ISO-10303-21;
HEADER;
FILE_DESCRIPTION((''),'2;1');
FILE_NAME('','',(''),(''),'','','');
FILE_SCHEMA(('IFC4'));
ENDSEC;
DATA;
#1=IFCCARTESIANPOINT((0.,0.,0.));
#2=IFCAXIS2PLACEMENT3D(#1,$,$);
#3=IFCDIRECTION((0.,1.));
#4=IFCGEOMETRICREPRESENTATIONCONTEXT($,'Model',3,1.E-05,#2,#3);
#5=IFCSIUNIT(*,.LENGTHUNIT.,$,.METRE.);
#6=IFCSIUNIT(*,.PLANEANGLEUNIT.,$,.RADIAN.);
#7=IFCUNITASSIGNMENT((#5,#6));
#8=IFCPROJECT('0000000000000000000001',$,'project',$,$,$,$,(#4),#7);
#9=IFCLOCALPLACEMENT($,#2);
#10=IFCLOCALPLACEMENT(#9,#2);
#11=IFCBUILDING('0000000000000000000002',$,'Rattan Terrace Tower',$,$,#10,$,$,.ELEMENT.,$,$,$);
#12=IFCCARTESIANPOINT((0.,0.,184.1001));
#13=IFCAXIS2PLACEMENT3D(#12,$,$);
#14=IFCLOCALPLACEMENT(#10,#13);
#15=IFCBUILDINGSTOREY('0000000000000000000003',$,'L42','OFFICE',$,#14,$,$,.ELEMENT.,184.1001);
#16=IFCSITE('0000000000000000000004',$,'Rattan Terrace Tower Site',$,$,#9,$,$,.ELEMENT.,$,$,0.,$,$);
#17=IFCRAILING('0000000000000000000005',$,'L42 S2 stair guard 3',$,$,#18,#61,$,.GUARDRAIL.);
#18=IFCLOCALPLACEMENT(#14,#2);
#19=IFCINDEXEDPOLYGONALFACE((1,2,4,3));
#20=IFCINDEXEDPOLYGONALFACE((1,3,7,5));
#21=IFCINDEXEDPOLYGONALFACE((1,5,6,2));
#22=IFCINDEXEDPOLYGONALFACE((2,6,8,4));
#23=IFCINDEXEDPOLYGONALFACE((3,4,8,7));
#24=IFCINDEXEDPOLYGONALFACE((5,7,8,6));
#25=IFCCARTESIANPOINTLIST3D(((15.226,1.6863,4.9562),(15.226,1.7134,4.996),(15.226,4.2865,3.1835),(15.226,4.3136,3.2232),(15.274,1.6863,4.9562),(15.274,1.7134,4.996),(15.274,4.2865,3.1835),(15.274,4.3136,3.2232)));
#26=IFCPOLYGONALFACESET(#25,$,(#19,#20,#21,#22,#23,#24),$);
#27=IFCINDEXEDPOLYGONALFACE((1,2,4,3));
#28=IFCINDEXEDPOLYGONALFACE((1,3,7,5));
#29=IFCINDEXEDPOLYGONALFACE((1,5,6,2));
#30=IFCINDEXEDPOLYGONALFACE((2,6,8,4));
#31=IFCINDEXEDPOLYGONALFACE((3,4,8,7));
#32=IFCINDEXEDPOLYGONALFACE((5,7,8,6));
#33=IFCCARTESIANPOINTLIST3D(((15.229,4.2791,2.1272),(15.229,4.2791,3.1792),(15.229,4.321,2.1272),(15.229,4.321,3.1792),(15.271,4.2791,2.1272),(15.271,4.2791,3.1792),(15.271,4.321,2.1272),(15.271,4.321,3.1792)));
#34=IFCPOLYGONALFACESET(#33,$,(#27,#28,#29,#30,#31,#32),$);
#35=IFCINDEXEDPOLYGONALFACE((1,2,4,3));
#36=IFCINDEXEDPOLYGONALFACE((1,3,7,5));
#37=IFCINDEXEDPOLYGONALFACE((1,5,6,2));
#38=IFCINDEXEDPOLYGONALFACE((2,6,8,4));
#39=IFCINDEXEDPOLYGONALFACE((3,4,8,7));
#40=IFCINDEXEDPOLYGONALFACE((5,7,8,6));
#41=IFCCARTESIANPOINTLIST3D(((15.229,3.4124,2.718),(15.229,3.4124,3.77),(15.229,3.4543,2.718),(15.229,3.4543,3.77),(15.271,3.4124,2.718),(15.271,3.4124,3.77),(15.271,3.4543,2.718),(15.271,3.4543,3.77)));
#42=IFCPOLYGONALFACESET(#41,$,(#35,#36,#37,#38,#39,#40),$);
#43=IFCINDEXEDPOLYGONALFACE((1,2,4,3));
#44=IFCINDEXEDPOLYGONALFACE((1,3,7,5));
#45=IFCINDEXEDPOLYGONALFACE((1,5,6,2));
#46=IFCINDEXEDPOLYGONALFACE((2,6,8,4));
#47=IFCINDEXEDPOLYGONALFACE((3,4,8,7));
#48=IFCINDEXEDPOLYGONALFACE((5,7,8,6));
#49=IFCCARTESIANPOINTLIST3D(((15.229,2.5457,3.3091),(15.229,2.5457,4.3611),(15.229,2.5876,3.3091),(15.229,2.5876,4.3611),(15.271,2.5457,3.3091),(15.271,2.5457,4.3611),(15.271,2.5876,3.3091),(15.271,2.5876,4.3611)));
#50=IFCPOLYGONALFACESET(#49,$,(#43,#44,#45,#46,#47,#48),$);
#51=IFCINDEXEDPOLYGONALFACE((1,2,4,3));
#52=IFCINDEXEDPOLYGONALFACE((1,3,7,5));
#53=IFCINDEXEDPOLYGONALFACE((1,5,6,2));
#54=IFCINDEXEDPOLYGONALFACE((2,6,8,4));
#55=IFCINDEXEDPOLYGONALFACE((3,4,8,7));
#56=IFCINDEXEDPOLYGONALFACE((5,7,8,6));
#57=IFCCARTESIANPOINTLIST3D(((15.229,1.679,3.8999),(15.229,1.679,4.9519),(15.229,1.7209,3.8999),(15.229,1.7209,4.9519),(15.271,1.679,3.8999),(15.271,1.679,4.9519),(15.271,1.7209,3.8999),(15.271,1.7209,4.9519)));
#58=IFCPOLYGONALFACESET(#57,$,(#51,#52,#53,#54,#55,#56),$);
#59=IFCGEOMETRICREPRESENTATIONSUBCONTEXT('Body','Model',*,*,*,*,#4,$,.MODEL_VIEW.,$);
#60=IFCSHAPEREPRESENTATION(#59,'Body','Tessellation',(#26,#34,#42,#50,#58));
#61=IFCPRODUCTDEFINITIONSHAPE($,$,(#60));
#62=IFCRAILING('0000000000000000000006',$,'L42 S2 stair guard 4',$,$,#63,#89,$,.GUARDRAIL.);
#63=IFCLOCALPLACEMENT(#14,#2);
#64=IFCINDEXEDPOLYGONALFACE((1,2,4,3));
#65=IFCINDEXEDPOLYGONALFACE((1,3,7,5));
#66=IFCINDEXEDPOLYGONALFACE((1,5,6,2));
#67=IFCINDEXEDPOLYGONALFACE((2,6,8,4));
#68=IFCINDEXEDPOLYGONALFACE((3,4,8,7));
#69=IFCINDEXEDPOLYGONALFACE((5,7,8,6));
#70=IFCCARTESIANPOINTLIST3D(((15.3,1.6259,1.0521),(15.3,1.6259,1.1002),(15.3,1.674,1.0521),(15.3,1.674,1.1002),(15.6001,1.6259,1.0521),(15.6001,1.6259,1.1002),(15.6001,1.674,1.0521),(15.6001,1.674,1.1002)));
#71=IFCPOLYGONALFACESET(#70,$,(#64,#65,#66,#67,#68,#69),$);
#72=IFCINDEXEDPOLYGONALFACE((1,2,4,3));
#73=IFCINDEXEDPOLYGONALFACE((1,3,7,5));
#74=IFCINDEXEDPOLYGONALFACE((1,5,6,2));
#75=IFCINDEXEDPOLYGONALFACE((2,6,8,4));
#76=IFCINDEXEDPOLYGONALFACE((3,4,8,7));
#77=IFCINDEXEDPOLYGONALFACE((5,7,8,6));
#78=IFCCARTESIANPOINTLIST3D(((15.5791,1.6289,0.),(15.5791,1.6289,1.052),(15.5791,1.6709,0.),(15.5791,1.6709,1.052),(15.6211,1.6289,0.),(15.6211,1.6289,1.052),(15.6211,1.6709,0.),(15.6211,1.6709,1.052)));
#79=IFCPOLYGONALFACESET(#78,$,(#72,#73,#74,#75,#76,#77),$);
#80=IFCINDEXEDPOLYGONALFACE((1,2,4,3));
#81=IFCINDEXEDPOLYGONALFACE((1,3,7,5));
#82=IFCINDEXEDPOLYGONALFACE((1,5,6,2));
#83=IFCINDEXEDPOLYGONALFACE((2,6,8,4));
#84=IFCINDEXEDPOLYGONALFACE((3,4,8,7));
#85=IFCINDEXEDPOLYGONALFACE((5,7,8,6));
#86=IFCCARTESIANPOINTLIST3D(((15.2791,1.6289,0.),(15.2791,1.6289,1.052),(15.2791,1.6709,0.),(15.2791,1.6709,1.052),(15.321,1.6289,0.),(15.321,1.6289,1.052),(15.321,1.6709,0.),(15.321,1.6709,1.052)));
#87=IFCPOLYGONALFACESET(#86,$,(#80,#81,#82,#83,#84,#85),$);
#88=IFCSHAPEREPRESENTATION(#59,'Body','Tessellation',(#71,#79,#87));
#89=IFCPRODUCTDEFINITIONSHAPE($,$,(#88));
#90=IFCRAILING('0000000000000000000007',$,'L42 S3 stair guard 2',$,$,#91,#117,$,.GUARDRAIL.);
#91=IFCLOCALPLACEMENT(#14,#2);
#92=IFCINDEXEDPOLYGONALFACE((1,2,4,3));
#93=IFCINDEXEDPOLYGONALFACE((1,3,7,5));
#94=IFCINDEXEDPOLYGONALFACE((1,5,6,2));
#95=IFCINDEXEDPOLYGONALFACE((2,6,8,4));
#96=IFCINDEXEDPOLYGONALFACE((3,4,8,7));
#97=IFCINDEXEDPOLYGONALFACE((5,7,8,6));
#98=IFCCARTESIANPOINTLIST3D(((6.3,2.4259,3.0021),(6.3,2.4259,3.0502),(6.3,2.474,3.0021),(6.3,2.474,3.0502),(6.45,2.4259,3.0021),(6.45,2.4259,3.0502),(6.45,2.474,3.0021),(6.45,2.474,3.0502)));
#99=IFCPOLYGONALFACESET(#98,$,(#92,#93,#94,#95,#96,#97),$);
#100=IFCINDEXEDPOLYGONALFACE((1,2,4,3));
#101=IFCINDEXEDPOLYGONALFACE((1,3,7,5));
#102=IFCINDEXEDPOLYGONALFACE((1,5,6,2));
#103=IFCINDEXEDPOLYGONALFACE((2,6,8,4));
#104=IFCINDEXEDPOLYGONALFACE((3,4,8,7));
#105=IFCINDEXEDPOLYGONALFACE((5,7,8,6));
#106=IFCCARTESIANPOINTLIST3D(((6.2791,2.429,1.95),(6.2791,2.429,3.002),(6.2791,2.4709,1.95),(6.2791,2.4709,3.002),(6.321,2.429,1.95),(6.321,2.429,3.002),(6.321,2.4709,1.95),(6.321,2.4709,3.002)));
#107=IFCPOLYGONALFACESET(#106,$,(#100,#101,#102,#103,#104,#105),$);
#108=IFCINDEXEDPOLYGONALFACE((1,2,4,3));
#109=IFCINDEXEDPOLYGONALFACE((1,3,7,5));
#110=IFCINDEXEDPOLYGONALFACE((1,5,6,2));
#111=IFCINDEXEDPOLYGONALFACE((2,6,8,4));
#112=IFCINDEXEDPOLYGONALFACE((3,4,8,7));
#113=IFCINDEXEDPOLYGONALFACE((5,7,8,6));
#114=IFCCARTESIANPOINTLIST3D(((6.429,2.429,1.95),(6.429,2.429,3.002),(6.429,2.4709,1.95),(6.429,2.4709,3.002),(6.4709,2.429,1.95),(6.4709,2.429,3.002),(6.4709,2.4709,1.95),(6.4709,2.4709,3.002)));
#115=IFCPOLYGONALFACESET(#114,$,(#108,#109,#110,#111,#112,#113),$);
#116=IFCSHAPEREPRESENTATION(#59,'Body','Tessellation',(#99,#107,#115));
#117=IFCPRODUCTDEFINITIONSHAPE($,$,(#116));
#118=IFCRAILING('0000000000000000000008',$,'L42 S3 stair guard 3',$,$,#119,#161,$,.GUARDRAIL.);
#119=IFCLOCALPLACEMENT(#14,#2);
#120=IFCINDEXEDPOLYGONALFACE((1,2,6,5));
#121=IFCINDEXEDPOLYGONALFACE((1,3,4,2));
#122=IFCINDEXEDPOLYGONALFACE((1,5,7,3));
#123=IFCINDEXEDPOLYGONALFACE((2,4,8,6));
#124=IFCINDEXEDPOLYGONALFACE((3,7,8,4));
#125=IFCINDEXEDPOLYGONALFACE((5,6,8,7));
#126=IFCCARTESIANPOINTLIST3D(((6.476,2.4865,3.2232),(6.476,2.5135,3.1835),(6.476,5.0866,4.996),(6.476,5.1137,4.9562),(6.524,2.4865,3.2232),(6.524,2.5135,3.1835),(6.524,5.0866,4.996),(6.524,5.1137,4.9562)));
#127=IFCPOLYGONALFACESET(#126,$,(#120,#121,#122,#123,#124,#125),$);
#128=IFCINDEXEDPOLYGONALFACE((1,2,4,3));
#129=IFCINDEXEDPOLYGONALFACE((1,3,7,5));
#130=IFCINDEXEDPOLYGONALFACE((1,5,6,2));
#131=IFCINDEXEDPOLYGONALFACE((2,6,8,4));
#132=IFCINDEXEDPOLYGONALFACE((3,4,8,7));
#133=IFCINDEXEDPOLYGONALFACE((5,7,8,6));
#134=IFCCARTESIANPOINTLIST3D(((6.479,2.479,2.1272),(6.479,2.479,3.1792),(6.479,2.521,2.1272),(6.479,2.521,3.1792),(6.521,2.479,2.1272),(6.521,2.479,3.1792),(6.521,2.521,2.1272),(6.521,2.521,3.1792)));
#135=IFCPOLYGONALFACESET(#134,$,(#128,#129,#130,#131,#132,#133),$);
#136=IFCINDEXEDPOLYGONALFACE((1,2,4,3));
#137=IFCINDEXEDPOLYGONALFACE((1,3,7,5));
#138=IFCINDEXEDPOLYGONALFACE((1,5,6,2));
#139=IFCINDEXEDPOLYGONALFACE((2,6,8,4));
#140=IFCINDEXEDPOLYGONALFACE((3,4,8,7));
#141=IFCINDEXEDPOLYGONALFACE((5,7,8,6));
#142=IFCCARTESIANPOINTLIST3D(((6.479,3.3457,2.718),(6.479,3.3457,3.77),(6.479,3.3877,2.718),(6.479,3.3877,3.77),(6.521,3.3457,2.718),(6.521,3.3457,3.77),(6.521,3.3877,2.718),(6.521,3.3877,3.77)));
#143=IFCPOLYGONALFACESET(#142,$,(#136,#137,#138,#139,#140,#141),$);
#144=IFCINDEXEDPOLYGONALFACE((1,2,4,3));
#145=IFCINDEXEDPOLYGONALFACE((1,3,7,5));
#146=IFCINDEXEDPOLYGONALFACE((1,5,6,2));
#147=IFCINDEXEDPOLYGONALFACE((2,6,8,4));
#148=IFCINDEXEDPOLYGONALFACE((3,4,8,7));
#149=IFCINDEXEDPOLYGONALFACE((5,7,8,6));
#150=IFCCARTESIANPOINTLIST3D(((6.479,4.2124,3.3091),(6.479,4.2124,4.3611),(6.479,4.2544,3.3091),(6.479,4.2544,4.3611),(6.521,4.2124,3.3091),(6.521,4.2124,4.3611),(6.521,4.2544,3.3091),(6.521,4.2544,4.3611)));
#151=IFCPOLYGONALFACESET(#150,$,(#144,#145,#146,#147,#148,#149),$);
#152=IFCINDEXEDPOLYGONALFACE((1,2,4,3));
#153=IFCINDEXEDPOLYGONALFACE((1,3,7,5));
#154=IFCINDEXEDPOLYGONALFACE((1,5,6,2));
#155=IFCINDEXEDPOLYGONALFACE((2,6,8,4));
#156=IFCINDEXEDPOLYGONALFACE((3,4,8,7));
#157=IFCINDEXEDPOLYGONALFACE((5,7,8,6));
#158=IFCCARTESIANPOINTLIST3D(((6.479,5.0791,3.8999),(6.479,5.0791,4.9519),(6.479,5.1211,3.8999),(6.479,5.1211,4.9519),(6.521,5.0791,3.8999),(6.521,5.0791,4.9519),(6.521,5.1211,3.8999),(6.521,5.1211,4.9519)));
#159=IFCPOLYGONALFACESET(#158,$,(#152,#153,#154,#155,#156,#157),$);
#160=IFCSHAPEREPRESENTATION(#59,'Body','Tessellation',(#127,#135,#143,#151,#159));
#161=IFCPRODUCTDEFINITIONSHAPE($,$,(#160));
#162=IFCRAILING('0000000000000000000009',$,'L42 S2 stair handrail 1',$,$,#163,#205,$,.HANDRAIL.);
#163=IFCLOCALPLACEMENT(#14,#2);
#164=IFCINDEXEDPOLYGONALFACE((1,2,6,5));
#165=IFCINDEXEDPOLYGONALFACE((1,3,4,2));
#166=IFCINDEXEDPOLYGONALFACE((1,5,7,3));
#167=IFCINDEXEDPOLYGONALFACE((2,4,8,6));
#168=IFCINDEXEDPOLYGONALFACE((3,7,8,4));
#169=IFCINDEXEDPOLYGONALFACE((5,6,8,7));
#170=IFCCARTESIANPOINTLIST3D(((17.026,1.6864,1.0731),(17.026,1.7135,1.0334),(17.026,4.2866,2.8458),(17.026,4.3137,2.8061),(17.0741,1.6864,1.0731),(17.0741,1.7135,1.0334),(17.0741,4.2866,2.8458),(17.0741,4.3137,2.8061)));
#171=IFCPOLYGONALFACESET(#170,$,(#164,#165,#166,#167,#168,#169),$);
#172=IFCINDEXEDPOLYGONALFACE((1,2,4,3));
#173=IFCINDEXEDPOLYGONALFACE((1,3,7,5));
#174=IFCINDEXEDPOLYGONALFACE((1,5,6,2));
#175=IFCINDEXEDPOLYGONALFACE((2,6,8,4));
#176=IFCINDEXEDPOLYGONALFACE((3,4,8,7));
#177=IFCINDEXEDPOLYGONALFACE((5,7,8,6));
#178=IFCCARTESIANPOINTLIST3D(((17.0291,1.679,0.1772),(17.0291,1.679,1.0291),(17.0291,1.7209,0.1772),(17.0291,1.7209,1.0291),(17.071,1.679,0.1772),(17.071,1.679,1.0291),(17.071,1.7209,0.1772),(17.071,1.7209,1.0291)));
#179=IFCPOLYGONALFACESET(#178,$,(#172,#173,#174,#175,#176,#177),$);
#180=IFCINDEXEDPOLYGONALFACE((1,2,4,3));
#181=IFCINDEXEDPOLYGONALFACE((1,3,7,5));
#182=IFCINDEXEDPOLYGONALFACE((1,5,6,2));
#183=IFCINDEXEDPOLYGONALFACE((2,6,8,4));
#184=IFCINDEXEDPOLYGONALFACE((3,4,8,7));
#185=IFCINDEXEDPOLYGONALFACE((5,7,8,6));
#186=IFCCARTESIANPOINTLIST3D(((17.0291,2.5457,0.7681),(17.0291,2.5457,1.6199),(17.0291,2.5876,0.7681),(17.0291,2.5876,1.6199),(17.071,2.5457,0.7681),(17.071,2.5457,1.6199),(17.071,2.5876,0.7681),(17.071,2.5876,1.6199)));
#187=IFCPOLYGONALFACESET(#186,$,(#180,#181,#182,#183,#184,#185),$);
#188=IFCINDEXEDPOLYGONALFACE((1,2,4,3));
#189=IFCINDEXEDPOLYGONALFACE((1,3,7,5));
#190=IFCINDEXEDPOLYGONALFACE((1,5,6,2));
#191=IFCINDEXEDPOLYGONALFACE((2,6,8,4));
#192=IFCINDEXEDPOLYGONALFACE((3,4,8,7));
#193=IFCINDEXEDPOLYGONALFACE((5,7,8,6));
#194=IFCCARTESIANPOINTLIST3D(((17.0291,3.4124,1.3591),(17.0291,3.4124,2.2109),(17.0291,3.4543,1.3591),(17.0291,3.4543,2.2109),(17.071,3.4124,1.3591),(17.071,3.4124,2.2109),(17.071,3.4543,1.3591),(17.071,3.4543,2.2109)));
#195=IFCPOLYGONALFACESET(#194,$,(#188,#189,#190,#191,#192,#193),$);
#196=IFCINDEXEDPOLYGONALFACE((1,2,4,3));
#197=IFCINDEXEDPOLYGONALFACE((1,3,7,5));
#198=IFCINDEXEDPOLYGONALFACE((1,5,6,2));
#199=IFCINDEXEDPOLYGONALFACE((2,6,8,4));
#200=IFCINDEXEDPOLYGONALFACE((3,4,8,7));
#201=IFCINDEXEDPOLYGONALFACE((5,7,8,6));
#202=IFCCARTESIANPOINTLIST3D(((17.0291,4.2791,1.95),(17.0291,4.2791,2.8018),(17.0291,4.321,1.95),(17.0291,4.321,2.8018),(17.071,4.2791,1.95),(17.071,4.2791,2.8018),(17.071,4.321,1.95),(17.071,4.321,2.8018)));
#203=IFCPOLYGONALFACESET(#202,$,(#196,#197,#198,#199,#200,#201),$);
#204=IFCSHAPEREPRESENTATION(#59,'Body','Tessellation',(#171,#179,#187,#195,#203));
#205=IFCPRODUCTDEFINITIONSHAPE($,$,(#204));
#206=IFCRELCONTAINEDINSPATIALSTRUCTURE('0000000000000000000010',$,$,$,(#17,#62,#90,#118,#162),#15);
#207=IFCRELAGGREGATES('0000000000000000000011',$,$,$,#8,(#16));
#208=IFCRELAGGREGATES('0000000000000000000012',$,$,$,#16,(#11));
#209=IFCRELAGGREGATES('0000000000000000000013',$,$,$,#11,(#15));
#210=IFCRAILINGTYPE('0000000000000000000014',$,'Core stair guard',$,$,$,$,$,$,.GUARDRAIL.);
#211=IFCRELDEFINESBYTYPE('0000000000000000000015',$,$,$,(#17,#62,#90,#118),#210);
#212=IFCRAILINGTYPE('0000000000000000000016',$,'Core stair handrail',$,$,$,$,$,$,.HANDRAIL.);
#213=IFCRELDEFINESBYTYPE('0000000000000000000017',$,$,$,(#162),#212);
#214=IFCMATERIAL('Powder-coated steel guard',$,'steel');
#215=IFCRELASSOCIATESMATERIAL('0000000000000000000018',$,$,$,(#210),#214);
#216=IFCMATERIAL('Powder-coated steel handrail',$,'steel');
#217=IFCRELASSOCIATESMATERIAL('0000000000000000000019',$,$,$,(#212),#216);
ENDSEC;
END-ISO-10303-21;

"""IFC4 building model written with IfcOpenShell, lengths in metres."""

from ifc_helpers import new_model, si_unit, direction, frame, origin, origin_2d, place, context, subcontext, project, spatial, rectangle, extrude, material, type_object, element, save


model = new_model("IFC4")

# Units and contexts
model_context = context("Model", 3, precision=1e-05, world=origin(), true_north=direction((0.0, 1.0)))
body_context = subcontext(model_context, "Body", "Model", "MODEL_VIEW")
ifc_project = project(units=[si_unit("LENGTHUNIT", "METRE"), si_unit("PLANEANGLEUNIT", "RADIAN")], contexts=[model_context])

# Site, building, storey
site_placement = place(None, origin())
site = spatial("IfcSite", under=ifc_project, at=site_placement, Name="Rattan Terrace Tower Site", CompositionType="ELEMENT", RefElevation=0.0)
building_placement = place(site_placement, origin())
building = spatial("IfcBuilding", under=site, at=building_placement, Name="Rattan Terrace Tower", CompositionType="ELEMENT")
storey_placement = place(building_placement, frame((0.0, 0.0, 184.1001)))
storey = spatial("IfcBuildingStorey", under=building, at=storey_placement, Name="L42", Description="OFFICE", CompositionType="ELEMENT", Elevation=184.1001)

# Railings
ifc_material_1 = material(Name="Powder-coated steel guard", Category="steel")
railing_type_1 = type_object("IfcRailingType", Name="Core stair guard", PredefinedType="GUARDRAIL", material=ifc_material_1)
railing_1_placement = place(storey_placement, frame((15.25, 4.3, 2.1272)))
element("IfcRailing", 1, at=railing_1_placement, inside=storey, type_object=railing_type_1, Name="L42 S2 stair guard 3", PredefinedType="GUARDRAIL", context=body_context, shape_type="SweptSolid", body=[
    extrude(rectangle(XDim=0.0481, YDim=0.0481, at=origin_2d()), frame((0.0, 0.0, 1.0762), z_axis=(0.0, -0.82624, 0.563318), x_axis=(1.0, 0.0, 0.0)), (0.0, 0.0, 1.0), 3.147),
    extrude(rectangle(XDim=0.042, YDim=0.042, at=origin_2d()), origin(), (0.0, 0.0, 1.0), 1.052),
    extrude(rectangle(XDim=0.042, YDim=0.042, at=origin_2d()), frame((0.0, -0.8667, 0.5908)), (0.0, 0.0, 1.0), 1.052),
    extrude(rectangle(XDim=0.042, YDim=0.042, at=origin_2d()), frame((0.0, -1.7334, 1.1819)), (0.0, 0.0, 1.0), 1.052),
    extrude(rectangle(XDim=0.042, YDim=0.042, at=origin_2d()), frame((0.0, -2.6001, 1.7727)), (0.0, 0.0, 1.0), 1.052),
])
railing_2_placement = place(storey_placement, frame((15.6001, 1.6499, 0.0)))
element("IfcRailing", 2, at=railing_2_placement, inside=storey, type_object=railing_type_1, Name="L42 S2 stair guard 4", PredefinedType="GUARDRAIL", context=body_context, shape_type="SweptSolid", body=[
    extrude(rectangle(XDim=0.0481, YDim=0.0481, at=origin_2d()), frame((0.0, 0.0, 1.0762), z_axis=(-1.0, 0.0, 0.0), x_axis=(0.0, -1.0, 0.0)), (0.0, 0.0, 1.0), 0.3),
    extrude(rectangle(XDim=0.042, YDim=0.042, at=origin_2d()), origin(), (0.0, 0.0, 1.0), 1.052),
    extrude(rectangle(XDim=0.042, YDim=0.042, at=origin_2d()), frame((-0.3, 0.0, 0.0)), (0.0, 0.0, 1.0), 1.052),
])
railing_3_placement = place(storey_placement, frame((6.3, 2.45, 1.95)))
element("IfcRailing", 3, at=railing_3_placement, inside=storey, type_object=railing_type_1, Name="L42 S3 stair guard 2", PredefinedType="GUARDRAIL", context=body_context, shape_type="SweptSolid", body=[
    extrude(rectangle(XDim=0.0481, YDim=0.0481, at=origin_2d()), frame((0.0, 0.0, 1.0762), z_axis=(1.0, 0.0, 0.0), x_axis=(0.0, 1.0, 0.0)), (0.0, 0.0, 1.0), 0.1499),
    extrude(rectangle(XDim=0.042, YDim=0.042, at=origin_2d()), origin(), (0.0, 0.0, 1.0), 1.052),
    extrude(rectangle(XDim=0.042, YDim=0.042, at=origin_2d()), frame((0.1499, 0.0, 0.0)), (0.0, 0.0, 1.0), 1.052),
])
railing_4_placement = place(storey_placement, frame((6.5, 2.5, 2.1272)))
element("IfcRailing", 4, at=railing_4_placement, inside=storey, type_object=railing_type_1, Name="L42 S3 stair guard 3", PredefinedType="GUARDRAIL", context=body_context, shape_type="SweptSolid", body=[
    extrude(rectangle(XDim=0.0481, YDim=0.0481, at=origin_2d()), frame((0.0, 0.0, 1.0762), z_axis=(0.0, 0.82624, 0.563318), x_axis=(-1.0, 0.0, 0.0)), (0.0, 0.0, 1.0), 3.147),
    extrude(rectangle(XDim=0.042, YDim=0.042, at=origin_2d()), origin(), (0.0, 0.0, 1.0), 1.052),
    extrude(rectangle(XDim=0.042, YDim=0.042, at=origin_2d()), frame((0.0, 0.8667, 0.5908)), (0.0, 0.0, 1.0), 1.052),
    extrude(rectangle(XDim=0.042, YDim=0.042, at=origin_2d()), frame((0.0, 1.7334, 1.1819)), (0.0, 0.0, 1.0), 1.052),
    extrude(rectangle(XDim=0.042, YDim=0.042, at=origin_2d()), frame((0.0, 2.6001, 1.7727)), (0.0, 0.0, 1.0), 1.052),
])
ifc_material_2 = material(Name="Powder-coated steel handrail", Category="steel")
railing_type_2 = type_object("IfcRailingType", Name="Core stair handrail", PredefinedType="HANDRAIL", material=ifc_material_2)
railing_5_placement = place(storey_placement, frame((17.05, 1.7, 0.1772)))
element("IfcRailing", 5, at=railing_5_placement, inside=storey, type_object=railing_type_2, Name="L42 S2 stair handrail 1", PredefinedType="HANDRAIL", context=body_context, shape_type="SweptSolid", body=[
    extrude(rectangle(XDim=0.0481, YDim=0.0481, at=origin_2d()), frame((0.0, 0.0, 0.876), z_axis=(0.0, 0.82624, 0.563318), x_axis=(-1.0, 0.0, 0.0)), (0.0, 0.0, 1.0), 3.147),
    extrude(rectangle(XDim=0.042, YDim=0.042, at=origin_2d()), origin(), (0.0, 0.0, 1.0), 0.8518),
    extrude(rectangle(XDim=0.042, YDim=0.042, at=origin_2d()), frame((0.0, 0.8667, 0.5908)), (0.0, 0.0, 1.0), 0.8518),
    extrude(rectangle(XDim=0.042, YDim=0.042, at=origin_2d()), frame((0.0, 1.7334, 1.1819)), (0.0, 0.0, 1.0), 0.8518),
    extrude(rectangle(XDim=0.042, YDim=0.042, at=origin_2d()), frame((0.0, 2.6001, 1.7727)), (0.0, 0.0, 1.0), 0.8518),
])

save(model, "model.ifc")
